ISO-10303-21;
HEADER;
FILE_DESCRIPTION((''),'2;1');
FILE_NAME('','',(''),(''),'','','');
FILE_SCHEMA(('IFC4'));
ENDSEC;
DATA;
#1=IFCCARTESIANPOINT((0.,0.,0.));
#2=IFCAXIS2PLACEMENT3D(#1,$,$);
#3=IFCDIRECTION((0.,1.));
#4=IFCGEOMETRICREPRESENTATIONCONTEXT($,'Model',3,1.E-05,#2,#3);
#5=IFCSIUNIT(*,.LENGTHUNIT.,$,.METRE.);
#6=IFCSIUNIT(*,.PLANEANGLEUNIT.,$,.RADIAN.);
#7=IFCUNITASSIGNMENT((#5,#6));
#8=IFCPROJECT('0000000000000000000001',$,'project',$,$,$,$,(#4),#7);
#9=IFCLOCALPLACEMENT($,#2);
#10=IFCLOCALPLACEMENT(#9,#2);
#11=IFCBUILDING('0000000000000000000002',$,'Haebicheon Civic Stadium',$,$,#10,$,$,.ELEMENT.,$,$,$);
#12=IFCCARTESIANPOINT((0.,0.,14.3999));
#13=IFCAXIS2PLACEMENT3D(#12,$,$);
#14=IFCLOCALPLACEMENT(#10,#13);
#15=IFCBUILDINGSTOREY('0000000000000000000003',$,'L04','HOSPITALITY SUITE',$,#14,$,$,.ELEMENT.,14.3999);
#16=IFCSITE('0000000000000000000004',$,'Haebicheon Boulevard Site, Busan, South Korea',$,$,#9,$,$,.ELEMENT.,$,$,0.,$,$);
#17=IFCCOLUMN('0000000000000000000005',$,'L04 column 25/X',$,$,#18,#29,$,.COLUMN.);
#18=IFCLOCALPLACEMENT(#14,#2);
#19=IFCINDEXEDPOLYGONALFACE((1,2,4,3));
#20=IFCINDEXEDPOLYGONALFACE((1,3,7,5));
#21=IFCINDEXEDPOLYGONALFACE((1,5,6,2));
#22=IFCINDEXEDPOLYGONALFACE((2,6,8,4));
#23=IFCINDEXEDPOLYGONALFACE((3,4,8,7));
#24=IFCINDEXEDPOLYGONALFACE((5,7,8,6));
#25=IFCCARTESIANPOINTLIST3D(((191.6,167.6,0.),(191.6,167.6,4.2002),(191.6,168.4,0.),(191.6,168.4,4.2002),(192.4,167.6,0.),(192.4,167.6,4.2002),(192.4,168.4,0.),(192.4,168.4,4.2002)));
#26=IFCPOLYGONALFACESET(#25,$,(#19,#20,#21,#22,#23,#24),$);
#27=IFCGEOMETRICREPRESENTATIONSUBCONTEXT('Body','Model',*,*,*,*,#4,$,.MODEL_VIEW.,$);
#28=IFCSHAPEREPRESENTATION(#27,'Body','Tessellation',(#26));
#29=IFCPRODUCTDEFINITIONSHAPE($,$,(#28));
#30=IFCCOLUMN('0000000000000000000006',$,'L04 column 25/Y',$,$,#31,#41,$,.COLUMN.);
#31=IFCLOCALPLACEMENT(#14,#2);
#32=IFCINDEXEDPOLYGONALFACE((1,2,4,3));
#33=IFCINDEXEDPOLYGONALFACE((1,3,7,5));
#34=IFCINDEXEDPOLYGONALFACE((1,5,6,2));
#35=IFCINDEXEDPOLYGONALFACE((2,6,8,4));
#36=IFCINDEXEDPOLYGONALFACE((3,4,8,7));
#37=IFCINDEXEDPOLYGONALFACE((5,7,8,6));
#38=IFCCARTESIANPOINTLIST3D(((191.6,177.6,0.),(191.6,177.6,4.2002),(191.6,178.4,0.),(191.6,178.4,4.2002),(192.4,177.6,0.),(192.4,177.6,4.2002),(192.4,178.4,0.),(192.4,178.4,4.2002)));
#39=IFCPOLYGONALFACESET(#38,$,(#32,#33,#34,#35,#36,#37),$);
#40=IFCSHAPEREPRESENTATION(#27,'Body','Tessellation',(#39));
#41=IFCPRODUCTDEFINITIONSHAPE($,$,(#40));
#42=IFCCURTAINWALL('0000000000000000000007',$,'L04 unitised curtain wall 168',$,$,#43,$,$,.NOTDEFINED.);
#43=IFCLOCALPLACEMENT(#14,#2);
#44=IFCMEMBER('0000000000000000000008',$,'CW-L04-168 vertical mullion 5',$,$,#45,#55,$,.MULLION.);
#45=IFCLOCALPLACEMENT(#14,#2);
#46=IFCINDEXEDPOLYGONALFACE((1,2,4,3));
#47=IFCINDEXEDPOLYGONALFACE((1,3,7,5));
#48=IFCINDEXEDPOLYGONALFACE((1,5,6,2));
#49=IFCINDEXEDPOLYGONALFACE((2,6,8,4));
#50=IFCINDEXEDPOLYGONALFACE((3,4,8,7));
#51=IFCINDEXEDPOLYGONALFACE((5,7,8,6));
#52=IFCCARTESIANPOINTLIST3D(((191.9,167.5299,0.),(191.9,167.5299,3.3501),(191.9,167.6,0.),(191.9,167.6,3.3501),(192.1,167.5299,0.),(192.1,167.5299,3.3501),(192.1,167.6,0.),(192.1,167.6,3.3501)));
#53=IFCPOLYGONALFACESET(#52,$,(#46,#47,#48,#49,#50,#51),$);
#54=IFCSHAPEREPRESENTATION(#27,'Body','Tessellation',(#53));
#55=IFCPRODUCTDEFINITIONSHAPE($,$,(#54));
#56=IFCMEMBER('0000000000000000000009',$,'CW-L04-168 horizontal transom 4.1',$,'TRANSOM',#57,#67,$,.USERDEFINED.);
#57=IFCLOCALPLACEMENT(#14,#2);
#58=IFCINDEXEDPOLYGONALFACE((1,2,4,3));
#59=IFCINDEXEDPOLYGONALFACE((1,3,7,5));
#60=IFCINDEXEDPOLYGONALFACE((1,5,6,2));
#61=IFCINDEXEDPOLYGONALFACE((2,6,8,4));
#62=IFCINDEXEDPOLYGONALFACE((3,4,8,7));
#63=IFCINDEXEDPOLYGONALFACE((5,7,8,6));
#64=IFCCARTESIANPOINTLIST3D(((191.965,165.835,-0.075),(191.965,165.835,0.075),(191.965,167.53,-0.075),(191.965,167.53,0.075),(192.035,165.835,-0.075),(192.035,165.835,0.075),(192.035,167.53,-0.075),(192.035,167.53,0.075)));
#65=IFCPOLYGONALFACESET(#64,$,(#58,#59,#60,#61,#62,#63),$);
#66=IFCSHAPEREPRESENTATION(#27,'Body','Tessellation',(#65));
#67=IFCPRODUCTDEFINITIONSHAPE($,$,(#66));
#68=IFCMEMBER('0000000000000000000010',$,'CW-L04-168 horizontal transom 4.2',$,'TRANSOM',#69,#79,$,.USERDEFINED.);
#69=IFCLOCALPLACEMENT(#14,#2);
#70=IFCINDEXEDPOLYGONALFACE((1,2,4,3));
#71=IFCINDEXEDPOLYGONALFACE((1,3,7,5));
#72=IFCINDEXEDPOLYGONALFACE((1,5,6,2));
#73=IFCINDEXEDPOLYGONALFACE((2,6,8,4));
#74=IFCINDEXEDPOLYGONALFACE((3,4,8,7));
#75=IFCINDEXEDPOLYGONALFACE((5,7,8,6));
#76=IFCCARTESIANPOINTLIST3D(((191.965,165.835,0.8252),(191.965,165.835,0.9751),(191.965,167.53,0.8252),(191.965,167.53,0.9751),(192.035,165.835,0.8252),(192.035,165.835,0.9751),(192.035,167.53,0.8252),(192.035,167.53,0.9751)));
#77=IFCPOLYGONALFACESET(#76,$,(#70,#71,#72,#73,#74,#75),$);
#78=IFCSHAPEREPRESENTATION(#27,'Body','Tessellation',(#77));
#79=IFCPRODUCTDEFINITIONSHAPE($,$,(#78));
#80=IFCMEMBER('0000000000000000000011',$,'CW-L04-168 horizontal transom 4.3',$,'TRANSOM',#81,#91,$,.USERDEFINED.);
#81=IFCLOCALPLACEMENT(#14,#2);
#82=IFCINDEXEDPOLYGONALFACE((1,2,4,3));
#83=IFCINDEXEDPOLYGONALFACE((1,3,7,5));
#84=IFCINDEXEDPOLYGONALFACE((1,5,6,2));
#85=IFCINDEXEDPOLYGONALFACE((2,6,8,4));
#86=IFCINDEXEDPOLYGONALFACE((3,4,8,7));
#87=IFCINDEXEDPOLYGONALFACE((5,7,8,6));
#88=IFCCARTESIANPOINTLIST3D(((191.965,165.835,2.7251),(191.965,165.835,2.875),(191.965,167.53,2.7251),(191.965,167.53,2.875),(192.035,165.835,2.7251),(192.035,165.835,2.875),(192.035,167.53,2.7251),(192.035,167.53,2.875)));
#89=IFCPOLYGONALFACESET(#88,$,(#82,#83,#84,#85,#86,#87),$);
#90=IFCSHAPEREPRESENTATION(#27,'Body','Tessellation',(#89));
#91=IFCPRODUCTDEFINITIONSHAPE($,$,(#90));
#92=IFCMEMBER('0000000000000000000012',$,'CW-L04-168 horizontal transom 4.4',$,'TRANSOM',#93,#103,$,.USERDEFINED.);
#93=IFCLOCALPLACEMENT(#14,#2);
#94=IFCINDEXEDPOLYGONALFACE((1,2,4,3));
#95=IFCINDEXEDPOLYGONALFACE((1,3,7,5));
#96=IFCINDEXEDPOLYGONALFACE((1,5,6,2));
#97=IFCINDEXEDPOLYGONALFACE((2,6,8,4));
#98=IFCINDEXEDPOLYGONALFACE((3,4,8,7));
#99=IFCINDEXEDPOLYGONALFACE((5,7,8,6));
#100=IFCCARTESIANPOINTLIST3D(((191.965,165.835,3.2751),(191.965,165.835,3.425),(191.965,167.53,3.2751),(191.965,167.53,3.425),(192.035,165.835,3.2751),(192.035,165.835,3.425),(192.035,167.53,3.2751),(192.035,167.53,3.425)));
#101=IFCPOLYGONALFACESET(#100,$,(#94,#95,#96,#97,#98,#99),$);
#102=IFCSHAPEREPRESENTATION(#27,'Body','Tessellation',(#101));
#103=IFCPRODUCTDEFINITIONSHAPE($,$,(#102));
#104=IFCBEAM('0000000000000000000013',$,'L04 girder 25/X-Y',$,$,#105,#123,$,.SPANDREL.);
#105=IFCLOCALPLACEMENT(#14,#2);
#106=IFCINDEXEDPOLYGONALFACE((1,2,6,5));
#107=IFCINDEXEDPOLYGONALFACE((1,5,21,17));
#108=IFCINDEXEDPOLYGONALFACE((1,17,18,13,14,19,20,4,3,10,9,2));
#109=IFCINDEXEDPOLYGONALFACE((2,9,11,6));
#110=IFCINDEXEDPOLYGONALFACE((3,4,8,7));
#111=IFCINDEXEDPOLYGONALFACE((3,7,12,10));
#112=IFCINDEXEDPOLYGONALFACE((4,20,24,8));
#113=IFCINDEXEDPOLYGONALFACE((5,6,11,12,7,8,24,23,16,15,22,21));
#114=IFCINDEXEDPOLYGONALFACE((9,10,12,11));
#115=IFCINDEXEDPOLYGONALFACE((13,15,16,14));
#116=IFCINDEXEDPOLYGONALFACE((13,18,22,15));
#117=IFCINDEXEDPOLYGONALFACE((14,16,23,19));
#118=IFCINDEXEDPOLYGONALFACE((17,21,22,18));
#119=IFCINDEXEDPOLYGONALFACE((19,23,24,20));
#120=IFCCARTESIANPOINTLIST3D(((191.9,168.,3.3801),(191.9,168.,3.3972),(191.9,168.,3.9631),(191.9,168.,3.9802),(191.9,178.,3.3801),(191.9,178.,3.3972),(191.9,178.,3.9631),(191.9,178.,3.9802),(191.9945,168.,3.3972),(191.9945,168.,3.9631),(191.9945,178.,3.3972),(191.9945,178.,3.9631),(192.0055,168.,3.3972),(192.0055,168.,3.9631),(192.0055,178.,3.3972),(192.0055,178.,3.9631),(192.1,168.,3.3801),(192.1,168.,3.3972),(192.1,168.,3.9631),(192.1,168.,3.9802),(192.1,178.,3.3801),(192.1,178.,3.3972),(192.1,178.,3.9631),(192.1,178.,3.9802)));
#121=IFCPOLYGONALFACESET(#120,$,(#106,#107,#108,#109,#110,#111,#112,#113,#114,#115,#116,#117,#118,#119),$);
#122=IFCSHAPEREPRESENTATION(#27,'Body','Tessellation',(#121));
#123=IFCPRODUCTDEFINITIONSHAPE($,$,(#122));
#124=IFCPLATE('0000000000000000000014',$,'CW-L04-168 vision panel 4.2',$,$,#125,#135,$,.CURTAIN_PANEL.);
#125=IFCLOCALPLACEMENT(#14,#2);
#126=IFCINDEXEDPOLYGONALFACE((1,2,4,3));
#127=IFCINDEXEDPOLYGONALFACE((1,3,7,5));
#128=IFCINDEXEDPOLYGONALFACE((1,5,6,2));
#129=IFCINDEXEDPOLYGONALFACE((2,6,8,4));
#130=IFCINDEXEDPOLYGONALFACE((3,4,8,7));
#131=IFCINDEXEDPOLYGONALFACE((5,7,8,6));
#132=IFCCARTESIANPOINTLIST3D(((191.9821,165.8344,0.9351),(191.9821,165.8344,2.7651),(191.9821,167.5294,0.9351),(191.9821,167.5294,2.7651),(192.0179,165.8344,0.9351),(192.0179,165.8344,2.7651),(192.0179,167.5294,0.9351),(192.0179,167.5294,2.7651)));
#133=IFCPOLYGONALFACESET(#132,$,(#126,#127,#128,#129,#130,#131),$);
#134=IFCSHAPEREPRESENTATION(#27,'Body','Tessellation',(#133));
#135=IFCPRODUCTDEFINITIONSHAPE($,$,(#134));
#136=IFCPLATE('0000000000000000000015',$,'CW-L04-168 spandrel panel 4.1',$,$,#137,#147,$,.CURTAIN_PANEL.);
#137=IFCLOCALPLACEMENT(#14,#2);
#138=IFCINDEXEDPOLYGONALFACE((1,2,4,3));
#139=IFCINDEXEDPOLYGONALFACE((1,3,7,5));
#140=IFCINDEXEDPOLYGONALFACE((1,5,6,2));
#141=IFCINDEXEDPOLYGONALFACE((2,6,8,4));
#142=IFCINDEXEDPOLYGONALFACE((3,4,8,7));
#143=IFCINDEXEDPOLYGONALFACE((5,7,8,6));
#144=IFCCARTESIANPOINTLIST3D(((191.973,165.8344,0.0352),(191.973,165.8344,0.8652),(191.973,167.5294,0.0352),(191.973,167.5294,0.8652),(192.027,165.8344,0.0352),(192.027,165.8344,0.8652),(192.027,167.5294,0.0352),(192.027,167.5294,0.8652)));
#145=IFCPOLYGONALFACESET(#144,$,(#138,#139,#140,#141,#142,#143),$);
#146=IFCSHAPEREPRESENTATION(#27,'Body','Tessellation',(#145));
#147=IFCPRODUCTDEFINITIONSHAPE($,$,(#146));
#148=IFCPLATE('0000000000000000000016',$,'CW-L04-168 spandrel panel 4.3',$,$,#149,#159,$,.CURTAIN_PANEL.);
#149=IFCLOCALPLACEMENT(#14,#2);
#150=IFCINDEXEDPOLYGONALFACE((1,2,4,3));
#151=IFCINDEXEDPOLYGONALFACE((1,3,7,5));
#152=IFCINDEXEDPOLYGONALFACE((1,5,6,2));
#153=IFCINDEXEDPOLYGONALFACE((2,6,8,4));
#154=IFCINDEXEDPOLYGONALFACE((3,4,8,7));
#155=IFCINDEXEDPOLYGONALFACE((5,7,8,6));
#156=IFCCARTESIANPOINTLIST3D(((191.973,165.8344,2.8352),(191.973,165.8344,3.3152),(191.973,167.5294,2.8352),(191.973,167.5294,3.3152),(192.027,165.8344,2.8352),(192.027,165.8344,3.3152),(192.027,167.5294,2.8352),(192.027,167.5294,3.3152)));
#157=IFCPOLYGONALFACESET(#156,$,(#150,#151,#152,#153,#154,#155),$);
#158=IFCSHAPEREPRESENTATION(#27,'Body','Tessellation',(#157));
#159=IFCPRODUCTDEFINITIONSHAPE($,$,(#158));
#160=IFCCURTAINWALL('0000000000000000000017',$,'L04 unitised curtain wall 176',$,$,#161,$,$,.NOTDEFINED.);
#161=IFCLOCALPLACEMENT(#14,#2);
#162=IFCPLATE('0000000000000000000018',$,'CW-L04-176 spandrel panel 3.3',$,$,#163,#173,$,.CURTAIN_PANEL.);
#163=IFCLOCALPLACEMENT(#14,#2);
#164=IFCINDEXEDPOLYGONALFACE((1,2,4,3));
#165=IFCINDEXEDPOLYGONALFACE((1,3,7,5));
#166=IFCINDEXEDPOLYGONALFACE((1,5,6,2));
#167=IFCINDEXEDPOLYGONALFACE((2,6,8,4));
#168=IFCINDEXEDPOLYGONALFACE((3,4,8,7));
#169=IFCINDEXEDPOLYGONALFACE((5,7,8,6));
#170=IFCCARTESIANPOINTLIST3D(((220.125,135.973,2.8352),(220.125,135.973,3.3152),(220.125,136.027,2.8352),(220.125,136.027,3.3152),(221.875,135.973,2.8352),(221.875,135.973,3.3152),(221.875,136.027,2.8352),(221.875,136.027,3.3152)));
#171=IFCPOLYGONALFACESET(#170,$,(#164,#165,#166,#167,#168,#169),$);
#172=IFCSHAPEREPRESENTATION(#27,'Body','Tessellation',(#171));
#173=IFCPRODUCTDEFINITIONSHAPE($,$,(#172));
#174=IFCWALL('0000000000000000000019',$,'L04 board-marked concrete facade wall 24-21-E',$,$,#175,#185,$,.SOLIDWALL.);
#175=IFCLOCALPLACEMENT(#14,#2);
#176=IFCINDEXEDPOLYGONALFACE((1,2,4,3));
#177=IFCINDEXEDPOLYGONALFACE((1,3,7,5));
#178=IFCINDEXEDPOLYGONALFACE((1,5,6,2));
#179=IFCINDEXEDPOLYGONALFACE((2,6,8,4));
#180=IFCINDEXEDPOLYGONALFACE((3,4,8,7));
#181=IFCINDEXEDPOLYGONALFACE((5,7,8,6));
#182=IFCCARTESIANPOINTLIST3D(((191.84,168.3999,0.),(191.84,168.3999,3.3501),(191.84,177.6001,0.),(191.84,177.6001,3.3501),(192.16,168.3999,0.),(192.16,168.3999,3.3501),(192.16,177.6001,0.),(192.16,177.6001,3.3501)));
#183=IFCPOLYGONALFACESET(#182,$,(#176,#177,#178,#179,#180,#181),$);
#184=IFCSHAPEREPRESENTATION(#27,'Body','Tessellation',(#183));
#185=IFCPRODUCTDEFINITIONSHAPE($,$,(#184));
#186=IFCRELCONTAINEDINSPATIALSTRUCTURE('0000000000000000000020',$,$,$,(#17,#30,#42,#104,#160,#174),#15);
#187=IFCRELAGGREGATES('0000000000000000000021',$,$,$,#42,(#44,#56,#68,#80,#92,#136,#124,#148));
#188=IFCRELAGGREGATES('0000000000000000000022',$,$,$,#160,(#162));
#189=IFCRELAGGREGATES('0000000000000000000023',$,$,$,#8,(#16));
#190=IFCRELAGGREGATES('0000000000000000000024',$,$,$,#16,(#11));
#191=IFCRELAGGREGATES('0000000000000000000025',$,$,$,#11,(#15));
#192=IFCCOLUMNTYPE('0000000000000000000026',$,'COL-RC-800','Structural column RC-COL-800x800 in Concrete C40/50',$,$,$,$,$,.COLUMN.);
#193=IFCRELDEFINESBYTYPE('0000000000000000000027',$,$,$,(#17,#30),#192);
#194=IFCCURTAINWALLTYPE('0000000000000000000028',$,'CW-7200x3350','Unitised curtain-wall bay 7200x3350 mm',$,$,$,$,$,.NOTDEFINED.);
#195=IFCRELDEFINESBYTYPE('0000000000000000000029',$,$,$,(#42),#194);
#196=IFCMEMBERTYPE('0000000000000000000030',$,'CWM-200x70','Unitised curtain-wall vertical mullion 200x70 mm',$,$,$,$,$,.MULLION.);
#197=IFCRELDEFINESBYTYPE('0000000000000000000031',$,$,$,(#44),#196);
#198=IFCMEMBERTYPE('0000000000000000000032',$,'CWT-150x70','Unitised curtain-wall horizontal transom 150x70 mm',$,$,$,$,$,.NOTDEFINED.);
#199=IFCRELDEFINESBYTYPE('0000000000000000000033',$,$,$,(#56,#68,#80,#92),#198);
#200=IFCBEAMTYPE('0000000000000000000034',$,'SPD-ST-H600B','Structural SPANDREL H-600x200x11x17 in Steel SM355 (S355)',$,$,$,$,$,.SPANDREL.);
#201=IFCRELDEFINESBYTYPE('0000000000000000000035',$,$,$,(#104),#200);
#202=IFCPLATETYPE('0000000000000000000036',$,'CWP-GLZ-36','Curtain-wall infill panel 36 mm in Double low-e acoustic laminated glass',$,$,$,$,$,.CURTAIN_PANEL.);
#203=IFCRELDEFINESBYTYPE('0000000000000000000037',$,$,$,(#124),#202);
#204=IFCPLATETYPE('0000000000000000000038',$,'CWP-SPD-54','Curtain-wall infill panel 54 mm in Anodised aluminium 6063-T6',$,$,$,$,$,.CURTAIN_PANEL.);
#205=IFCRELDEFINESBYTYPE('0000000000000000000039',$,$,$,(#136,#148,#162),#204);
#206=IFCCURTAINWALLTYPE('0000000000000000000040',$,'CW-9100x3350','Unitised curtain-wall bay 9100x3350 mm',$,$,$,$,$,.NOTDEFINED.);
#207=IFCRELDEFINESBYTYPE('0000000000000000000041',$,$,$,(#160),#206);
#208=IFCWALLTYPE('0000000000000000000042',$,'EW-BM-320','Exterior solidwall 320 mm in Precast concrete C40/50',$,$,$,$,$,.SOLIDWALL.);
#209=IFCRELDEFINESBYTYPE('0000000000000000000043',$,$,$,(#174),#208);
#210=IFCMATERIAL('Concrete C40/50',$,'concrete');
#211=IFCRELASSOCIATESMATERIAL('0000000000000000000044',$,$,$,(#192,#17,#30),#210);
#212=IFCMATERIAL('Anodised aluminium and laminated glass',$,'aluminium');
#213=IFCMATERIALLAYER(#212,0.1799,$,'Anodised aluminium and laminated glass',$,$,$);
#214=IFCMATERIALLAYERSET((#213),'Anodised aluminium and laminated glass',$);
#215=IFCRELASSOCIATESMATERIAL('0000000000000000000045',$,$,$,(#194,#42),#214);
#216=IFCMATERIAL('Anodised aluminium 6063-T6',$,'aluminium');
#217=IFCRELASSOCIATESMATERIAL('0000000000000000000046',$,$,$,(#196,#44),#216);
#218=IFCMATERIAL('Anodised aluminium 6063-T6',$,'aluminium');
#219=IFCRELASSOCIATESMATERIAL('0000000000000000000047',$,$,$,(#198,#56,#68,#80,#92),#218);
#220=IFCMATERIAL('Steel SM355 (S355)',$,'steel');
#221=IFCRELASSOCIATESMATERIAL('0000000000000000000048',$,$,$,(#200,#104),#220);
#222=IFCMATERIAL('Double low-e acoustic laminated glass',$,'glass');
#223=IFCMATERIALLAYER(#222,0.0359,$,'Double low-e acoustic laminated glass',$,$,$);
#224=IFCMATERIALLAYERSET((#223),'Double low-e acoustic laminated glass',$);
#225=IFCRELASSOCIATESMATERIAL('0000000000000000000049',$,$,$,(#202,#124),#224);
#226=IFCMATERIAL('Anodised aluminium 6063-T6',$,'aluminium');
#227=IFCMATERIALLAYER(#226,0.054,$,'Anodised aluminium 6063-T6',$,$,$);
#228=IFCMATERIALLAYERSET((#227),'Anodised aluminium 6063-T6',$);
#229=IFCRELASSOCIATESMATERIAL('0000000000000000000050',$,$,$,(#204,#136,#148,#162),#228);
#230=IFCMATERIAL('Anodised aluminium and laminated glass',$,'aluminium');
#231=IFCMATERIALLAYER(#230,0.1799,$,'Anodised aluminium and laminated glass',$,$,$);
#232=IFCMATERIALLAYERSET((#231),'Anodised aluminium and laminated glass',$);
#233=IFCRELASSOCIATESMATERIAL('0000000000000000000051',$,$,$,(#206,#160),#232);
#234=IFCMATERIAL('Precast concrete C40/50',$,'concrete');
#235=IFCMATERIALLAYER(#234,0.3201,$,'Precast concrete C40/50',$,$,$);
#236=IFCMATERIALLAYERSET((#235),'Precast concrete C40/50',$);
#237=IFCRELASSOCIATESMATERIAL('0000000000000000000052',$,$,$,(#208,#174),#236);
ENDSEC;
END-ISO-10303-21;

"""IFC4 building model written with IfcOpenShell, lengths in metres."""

from ifc_helpers import new_model, si_unit, direction, frame, frame_2d, origin, origin_2d, place, context, subcontext, project, spatial, rectangle, i_section, extrude, material, layer, layer_set, material_profile, profile_set, type_object, element, aggregate, save


model = new_model("IFC4")

# Units and contexts
model_context = context("Model", 3, precision=1e-05, world=origin(), true_north=direction((0.0, 1.0)))
body_context = subcontext(model_context, "Body", "Model", "MODEL_VIEW")
ifc_project = project(units=[si_unit("LENGTHUNIT", "METRE"), si_unit("PLANEANGLEUNIT", "RADIAN")], contexts=[model_context])

# Site, building, storey
site_placement = place(None, origin())
site = spatial("IfcSite", under=ifc_project, at=site_placement, Name="Haebicheon Boulevard Site, Busan, South Korea", CompositionType="ELEMENT", RefElevation=0.0)
building_placement = place(site_placement, origin())
building = spatial("IfcBuilding", under=site, at=building_placement, Name="Haebicheon Civic Stadium", CompositionType="ELEMENT")
storey_placement = place(building_placement, frame((0.0, 0.0, 14.3999)))
storey = spatial("IfcBuildingStorey", under=building, at=storey_placement, Name="L04", Description="HOSPITALITY SUITE", CompositionType="ELEMENT", Elevation=14.3999)

# Columns
ifc_material_1 = material(Name="Concrete C40/50", Category="concrete")
ifc_material_profile_1 = material_profile(ifc_material_1, rectangle(XDim=0.8, YDim=0.8, at=origin_2d()), Name="RC-COL-800x800")
ifc_profile_set_1 = profile_set([ifc_material_profile_1], Name="Concrete C40/50")
column_type = type_object("IfcColumnType", Name="COL-RC-800", Description="Structural column RC-COL-800x800 in Concrete C40/50", PredefinedType="COLUMN", material=ifc_profile_set_1)
for number, where, z_axis, x_axis, name in (
    (1, (192.0, 168.0, 0.0), (0.0, 0.0, 1.0), (1.0, 0.0, 0.0), "L04 column 25/X"),
    (2, (192.0, 178.0, 0.0), (0.0, 0.0, 1.0), (1.0, 0.0, 0.0), "L04 column 25/Y"),
):
    element("IfcColumn", number, at=place(storey_placement, frame(where, z_axis=z_axis, x_axis=x_axis)), inside=storey, type_object=column_type, material=ifc_profile_set_1, Name=name, PredefinedType="COLUMN", context=body_context, shape_type="SweptSolid", body=[
        extrude(rectangle(XDim=0.8, YDim=0.8, at=origin_2d()), origin(), (0.0, 0.0, 1.0), 4.2002),
    ])

# Curtain wall, members
ifc_material_2 = material(Name="Anodised aluminium and laminated glass", Category="aluminium")
ifc_layer_1 = layer(ifc_material_2, 0.1799, Name="Anodised aluminium and laminated glass")
ifc_layer_set_1 = layer_set([ifc_layer_1], Name="Anodised aluminium and laminated glass")
curtain_wall_type_1 = type_object("IfcCurtainWallType", Name="CW-7200x3350", Description="Unitised curtain-wall bay 7200x3350 mm", PredefinedType="NOTDEFINED", material=ifc_layer_set_1)
curtain_wall_1_placement = place(storey_placement, origin())
curtain_wall_1 = element("IfcCurtainWall", 3, at=curtain_wall_1_placement, inside=storey, type_object=curtain_wall_type_1, material=ifc_layer_set_1, Name="L04 unitised curtain wall 168", PredefinedType="NOTDEFINED")
ifc_material_3 = material(Name="Anodised aluminium 6063-T6", Category="aluminium")
ifc_material_profile_2 = material_profile(ifc_material_3, rectangle(XDim=0.0701, YDim=0.2, at=origin_2d()), Name="ALU-MULL-70x200")
ifc_profile_set_2 = profile_set([ifc_material_profile_2], Name="Anodised aluminium 6063-T6")
member_type_1 = type_object("IfcMemberType", Name="CWM-200x70", Description="Unitised curtain-wall vertical mullion 200x70 mm", PredefinedType="MULLION", material=ifc_profile_set_2)
member_1_placement = place(storey_placement, frame((192.0, 167.5649, 0.0), z_axis=(0.0, 0.0, 1.0), x_axis=(0.0, 1.0, 0.0)))
member_1 = element("IfcMember", 4, at=member_1_placement, type_object=member_type_1, material=ifc_profile_set_2, Name="CW-L04-168 vertical mullion 5", PredefinedType="MULLION", context=body_context, shape_type="SweptSolid", body=[
    extrude(rectangle(XDim=0.0701, YDim=0.2, at=origin_2d()), origin(), (0.0, 0.0, 1.0), 3.3501),
])
ifc_material_4 = material(Name="Anodised aluminium 6063-T6", Category="aluminium")
ifc_material_profile_3 = material_profile(ifc_material_4, rectangle(XDim=0.0701, YDim=0.1499, at=origin_2d()), Name="ALU-TRAN-70x150")
ifc_profile_set_3 = profile_set([ifc_material_profile_3], Name="Anodised aluminium 6063-T6")
member_type_2 = type_object("IfcMemberType", Name="CWT-150x70", Description="Unitised curtain-wall horizontal transom 150x70 mm", PredefinedType="NOTDEFINED", material=ifc_profile_set_3)
member_2_placement = place(storey_placement, frame((192.0, 165.835, 0.0), z_axis=(0.0, 1.0, 0.0), x_axis=(-1.0, 0.0, 0.0)))
member_2 = element("IfcMember", 5, at=member_2_placement, type_object=member_type_2, material=ifc_profile_set_3, Name="CW-L04-168 horizontal transom 4.1", ObjectType="TRANSOM", PredefinedType="USERDEFINED", context=body_context, shape_type="SweptSolid", body=[
    extrude(rectangle(XDim=0.0701, YDim=0.1499, at=origin_2d()), origin(), (0.0, 0.0, 1.0), 1.6951),
])
member_3_placement = place(storey_placement, frame((192.0, 165.835, 0.9001), z_axis=(0.0, 1.0, 0.0), x_axis=(-1.0, 0.0, 0.0)))
member_3 = element("IfcMember", 6, at=member_3_placement, type_object=member_type_2, material=ifc_profile_set_3, Name="CW-L04-168 horizontal transom 4.2", ObjectType="TRANSOM", PredefinedType="USERDEFINED", context=body_context, shape_type="SweptSolid", body=[
    extrude(rectangle(XDim=0.0701, YDim=0.1499, at=origin_2d()), origin(), (0.0, 0.0, 1.0), 1.6951),
])
member_4_placement = place(storey_placement, frame((192.0, 165.835, 2.8), z_axis=(0.0, 1.0, 0.0), x_axis=(-1.0, 0.0, 0.0)))
member_4 = element("IfcMember", 7, at=member_4_placement, type_object=member_type_2, material=ifc_profile_set_3, Name="CW-L04-168 horizontal transom 4.3", ObjectType="TRANSOM", PredefinedType="USERDEFINED", context=body_context, shape_type="SweptSolid", body=[
    extrude(rectangle(XDim=0.0701, YDim=0.1499, at=origin_2d()), origin(), (0.0, 0.0, 1.0), 1.6951),
])
member_5_placement = place(storey_placement, frame((192.0, 165.835, 3.3501), z_axis=(0.0, 1.0, 0.0), x_axis=(-1.0, 0.0, 0.0)))
member_5 = element("IfcMember", 8, at=member_5_placement, type_object=member_type_2, material=ifc_profile_set_3, Name="CW-L04-168 horizontal transom 4.4", ObjectType="TRANSOM", PredefinedType="USERDEFINED", context=body_context, shape_type="SweptSolid", body=[
    extrude(rectangle(XDim=0.0701, YDim=0.1499, at=origin_2d()), origin(), (0.0, 0.0, 1.0), 1.6951),
])

# Beam
ifc_material_5 = material(Name="Steel SM355 (S355)", Category="steel")
ifc_material_profile_4 = material_profile(ifc_material_5, i_section(OverallWidth=0.2, OverallDepth=0.6001, WebThickness=0.011, FlangeThickness=0.0171, at=origin_2d()), Name="H-600x200x11x17")
ifc_profile_set_4 = profile_set([ifc_material_profile_4], Name="Steel SM355 (S355)")
beam_type = type_object("IfcBeamType", Name="SPD-ST-H600B", Description="Structural SPANDREL H-600x200x11x17 in Steel SM355 (S355)", PredefinedType="SPANDREL", material=ifc_profile_set_4)
beam_placement = place(storey_placement, frame((192.0, 168.0, 3.6802), z_axis=(0.0, 1.0, 0.0), x_axis=(-1.0, 0.0, 0.0)))
element("IfcBeam", 9, at=beam_placement, inside=storey, type_object=beam_type, material=ifc_profile_set_4, Name="L04 girder 25/X-Y", PredefinedType="SPANDREL", context=body_context, shape_type="SweptSolid", body=[
    extrude(i_section(OverallWidth=0.2, OverallDepth=0.6001, WebThickness=0.011, FlangeThickness=0.0171, at=origin_2d()), origin(), (0.0, 0.0, 1.0), 10.0),
])

# Plates
ifc_material_6 = material(Name="Double low-e acoustic laminated glass", Category="glass")
ifc_layer_2 = layer(ifc_material_6, 0.0359, Name="Double low-e acoustic laminated glass")
ifc_layer_set_2 = layer_set([ifc_layer_2], Name="Double low-e acoustic laminated glass")
plate_type_1 = type_object("IfcPlateType", Name="CWP-GLZ-36", Description="Curtain-wall infill panel 36 mm in Double low-e acoustic laminated glass", PredefinedType="CURTAIN_PANEL", material=ifc_layer_set_2)
plate_1_placement = place(storey_placement, frame((192.0, 166.6819, 0.9351), z_axis=(0.0, 0.0, 1.0), x_axis=(0.0, 1.0, 0.0)))
plate_1 = element("IfcPlate", 10, at=plate_1_placement, type_object=plate_type_1, material=ifc_layer_set_2, Name="CW-L04-168 vision panel 4.2", PredefinedType="CURTAIN_PANEL", context=body_context, shape_type="SweptSolid", body=[
    extrude(rectangle(XDim=1.6951, YDim=0.0359, at=origin_2d()), origin(), (0.0, 0.0, 1.0), 1.8301),
])
ifc_material_7 = material(Name="Anodised aluminium 6063-T6", Category="aluminium")
ifc_layer_3 = layer(ifc_material_7, 0.054, Name="Anodised aluminium 6063-T6")
ifc_layer_set_3 = layer_set([ifc_layer_3], Name="Anodised aluminium 6063-T6")
plate_type_2 = type_object("IfcPlateType", Name="CWP-SPD-54", Description="Curtain-wall infill panel 54 mm in Anodised aluminium 6063-T6", PredefinedType="CURTAIN_PANEL", material=ifc_layer_set_3)
plate_2_placement = place(storey_placement, frame((192.0, 166.6819, 0.0352), z_axis=(0.0, 0.0, 1.0), x_axis=(0.0, 1.0, 0.0)))
plate_2 = element("IfcPlate", 11, at=plate_2_placement, type_object=plate_type_2, material=ifc_layer_set_3, Name="CW-L04-168 spandrel panel 4.1", PredefinedType="CURTAIN_PANEL", context=body_context, shape_type="SweptSolid", body=[
    extrude(rectangle(XDim=1.6951, YDim=0.054, at=origin_2d()), origin(), (0.0, 0.0, 1.0), 0.8301),
])
plate_3_placement = place(storey_placement, frame((192.0, 166.6819, 2.8352), z_axis=(0.0, 0.0, 1.0), x_axis=(0.0, 1.0, 0.0)))
plate_3 = element("IfcPlate", 12, at=plate_3_placement, type_object=plate_type_2, material=ifc_layer_set_3, Name="CW-L04-168 spandrel panel 4.3", PredefinedType="CURTAIN_PANEL", context=body_context, shape_type="SweptSolid", body=[
    extrude(rectangle(XDim=1.6951, YDim=0.054, at=origin_2d()), origin(), (0.0, 0.0, 1.0), 0.48),
])
aggregate(curtain_wall_1, [member_1, member_2, member_3, member_4, member_5, plate_2, plate_1, plate_3])

# Curtain wall, plate
ifc_material_8 = material(Name="Anodised aluminium and laminated glass", Category="aluminium")
ifc_layer_4 = layer(ifc_material_8, 0.1799, Name="Anodised aluminium and laminated glass")
ifc_layer_set_4 = layer_set([ifc_layer_4], Name="Anodised aluminium and laminated glass")
curtain_wall_type_2 = type_object("IfcCurtainWallType", Name="CW-9100x3350", Description="Unitised curtain-wall bay 9100x3350 mm", PredefinedType="NOTDEFINED", material=ifc_layer_set_4)
curtain_wall_2_placement = place(storey_placement, origin())
curtain_wall_2 = element("IfcCurtainWall", 13, at=curtain_wall_2_placement, inside=storey, type_object=curtain_wall_type_2, material=ifc_layer_set_4, Name="L04 unitised curtain wall 176", PredefinedType="NOTDEFINED")
plate_4_placement = place(storey_placement, frame((221.0, 136.0, 2.8352), z_axis=(0.0, 0.0, 1.0), x_axis=(1.0, 0.0, 0.0)))
plate_4 = element("IfcPlate", 14, at=plate_4_placement, type_object=plate_type_2, material=ifc_layer_set_3, Name="CW-L04-176 spandrel panel 3.3", PredefinedType="CURTAIN_PANEL", context=body_context, shape_type="SweptSolid", body=[
    extrude(rectangle(XDim=1.75, YDim=0.054, at=origin_2d()), origin(), (0.0, 0.0, 1.0), 0.48),
])
aggregate(curtain_wall_2, [plate_4])

# Wall
ifc_material_9 = material(Name="Precast concrete C40/50", Category="concrete")
ifc_layer_5 = layer(ifc_material_9, 0.3201, Name="Precast concrete C40/50")
ifc_layer_set_5 = layer_set([ifc_layer_5], Name="Precast concrete C40/50")
wall_type_1 = type_object("IfcWallType", Name="EW-BM-320", Description="Exterior solidwall 320 mm in Precast concrete C40/50", PredefinedType="SOLIDWALL", material=ifc_layer_set_5)
wall_placement = place(storey_placement, frame((192.0, 168.3999, 0.0), z_axis=(0.0, 0.0, 1.0), x_axis=(0.0, 1.0, 0.0)))
element("IfcWall", 15, at=wall_placement, inside=storey, type_object=wall_type_1, material=ifc_layer_set_5, Name="L04 board-marked concrete facade wall 24-21-E", PredefinedType="SOLIDWALL", context=body_context, shape_type="SweptSolid", body=[
    extrude(rectangle(XDim=9.2002, YDim=0.3201, at=frame_2d((4.6001, 0.0))), origin(), (0.0, 0.0, 1.0), 3.3501),
])

save(model, "model.ifc")
